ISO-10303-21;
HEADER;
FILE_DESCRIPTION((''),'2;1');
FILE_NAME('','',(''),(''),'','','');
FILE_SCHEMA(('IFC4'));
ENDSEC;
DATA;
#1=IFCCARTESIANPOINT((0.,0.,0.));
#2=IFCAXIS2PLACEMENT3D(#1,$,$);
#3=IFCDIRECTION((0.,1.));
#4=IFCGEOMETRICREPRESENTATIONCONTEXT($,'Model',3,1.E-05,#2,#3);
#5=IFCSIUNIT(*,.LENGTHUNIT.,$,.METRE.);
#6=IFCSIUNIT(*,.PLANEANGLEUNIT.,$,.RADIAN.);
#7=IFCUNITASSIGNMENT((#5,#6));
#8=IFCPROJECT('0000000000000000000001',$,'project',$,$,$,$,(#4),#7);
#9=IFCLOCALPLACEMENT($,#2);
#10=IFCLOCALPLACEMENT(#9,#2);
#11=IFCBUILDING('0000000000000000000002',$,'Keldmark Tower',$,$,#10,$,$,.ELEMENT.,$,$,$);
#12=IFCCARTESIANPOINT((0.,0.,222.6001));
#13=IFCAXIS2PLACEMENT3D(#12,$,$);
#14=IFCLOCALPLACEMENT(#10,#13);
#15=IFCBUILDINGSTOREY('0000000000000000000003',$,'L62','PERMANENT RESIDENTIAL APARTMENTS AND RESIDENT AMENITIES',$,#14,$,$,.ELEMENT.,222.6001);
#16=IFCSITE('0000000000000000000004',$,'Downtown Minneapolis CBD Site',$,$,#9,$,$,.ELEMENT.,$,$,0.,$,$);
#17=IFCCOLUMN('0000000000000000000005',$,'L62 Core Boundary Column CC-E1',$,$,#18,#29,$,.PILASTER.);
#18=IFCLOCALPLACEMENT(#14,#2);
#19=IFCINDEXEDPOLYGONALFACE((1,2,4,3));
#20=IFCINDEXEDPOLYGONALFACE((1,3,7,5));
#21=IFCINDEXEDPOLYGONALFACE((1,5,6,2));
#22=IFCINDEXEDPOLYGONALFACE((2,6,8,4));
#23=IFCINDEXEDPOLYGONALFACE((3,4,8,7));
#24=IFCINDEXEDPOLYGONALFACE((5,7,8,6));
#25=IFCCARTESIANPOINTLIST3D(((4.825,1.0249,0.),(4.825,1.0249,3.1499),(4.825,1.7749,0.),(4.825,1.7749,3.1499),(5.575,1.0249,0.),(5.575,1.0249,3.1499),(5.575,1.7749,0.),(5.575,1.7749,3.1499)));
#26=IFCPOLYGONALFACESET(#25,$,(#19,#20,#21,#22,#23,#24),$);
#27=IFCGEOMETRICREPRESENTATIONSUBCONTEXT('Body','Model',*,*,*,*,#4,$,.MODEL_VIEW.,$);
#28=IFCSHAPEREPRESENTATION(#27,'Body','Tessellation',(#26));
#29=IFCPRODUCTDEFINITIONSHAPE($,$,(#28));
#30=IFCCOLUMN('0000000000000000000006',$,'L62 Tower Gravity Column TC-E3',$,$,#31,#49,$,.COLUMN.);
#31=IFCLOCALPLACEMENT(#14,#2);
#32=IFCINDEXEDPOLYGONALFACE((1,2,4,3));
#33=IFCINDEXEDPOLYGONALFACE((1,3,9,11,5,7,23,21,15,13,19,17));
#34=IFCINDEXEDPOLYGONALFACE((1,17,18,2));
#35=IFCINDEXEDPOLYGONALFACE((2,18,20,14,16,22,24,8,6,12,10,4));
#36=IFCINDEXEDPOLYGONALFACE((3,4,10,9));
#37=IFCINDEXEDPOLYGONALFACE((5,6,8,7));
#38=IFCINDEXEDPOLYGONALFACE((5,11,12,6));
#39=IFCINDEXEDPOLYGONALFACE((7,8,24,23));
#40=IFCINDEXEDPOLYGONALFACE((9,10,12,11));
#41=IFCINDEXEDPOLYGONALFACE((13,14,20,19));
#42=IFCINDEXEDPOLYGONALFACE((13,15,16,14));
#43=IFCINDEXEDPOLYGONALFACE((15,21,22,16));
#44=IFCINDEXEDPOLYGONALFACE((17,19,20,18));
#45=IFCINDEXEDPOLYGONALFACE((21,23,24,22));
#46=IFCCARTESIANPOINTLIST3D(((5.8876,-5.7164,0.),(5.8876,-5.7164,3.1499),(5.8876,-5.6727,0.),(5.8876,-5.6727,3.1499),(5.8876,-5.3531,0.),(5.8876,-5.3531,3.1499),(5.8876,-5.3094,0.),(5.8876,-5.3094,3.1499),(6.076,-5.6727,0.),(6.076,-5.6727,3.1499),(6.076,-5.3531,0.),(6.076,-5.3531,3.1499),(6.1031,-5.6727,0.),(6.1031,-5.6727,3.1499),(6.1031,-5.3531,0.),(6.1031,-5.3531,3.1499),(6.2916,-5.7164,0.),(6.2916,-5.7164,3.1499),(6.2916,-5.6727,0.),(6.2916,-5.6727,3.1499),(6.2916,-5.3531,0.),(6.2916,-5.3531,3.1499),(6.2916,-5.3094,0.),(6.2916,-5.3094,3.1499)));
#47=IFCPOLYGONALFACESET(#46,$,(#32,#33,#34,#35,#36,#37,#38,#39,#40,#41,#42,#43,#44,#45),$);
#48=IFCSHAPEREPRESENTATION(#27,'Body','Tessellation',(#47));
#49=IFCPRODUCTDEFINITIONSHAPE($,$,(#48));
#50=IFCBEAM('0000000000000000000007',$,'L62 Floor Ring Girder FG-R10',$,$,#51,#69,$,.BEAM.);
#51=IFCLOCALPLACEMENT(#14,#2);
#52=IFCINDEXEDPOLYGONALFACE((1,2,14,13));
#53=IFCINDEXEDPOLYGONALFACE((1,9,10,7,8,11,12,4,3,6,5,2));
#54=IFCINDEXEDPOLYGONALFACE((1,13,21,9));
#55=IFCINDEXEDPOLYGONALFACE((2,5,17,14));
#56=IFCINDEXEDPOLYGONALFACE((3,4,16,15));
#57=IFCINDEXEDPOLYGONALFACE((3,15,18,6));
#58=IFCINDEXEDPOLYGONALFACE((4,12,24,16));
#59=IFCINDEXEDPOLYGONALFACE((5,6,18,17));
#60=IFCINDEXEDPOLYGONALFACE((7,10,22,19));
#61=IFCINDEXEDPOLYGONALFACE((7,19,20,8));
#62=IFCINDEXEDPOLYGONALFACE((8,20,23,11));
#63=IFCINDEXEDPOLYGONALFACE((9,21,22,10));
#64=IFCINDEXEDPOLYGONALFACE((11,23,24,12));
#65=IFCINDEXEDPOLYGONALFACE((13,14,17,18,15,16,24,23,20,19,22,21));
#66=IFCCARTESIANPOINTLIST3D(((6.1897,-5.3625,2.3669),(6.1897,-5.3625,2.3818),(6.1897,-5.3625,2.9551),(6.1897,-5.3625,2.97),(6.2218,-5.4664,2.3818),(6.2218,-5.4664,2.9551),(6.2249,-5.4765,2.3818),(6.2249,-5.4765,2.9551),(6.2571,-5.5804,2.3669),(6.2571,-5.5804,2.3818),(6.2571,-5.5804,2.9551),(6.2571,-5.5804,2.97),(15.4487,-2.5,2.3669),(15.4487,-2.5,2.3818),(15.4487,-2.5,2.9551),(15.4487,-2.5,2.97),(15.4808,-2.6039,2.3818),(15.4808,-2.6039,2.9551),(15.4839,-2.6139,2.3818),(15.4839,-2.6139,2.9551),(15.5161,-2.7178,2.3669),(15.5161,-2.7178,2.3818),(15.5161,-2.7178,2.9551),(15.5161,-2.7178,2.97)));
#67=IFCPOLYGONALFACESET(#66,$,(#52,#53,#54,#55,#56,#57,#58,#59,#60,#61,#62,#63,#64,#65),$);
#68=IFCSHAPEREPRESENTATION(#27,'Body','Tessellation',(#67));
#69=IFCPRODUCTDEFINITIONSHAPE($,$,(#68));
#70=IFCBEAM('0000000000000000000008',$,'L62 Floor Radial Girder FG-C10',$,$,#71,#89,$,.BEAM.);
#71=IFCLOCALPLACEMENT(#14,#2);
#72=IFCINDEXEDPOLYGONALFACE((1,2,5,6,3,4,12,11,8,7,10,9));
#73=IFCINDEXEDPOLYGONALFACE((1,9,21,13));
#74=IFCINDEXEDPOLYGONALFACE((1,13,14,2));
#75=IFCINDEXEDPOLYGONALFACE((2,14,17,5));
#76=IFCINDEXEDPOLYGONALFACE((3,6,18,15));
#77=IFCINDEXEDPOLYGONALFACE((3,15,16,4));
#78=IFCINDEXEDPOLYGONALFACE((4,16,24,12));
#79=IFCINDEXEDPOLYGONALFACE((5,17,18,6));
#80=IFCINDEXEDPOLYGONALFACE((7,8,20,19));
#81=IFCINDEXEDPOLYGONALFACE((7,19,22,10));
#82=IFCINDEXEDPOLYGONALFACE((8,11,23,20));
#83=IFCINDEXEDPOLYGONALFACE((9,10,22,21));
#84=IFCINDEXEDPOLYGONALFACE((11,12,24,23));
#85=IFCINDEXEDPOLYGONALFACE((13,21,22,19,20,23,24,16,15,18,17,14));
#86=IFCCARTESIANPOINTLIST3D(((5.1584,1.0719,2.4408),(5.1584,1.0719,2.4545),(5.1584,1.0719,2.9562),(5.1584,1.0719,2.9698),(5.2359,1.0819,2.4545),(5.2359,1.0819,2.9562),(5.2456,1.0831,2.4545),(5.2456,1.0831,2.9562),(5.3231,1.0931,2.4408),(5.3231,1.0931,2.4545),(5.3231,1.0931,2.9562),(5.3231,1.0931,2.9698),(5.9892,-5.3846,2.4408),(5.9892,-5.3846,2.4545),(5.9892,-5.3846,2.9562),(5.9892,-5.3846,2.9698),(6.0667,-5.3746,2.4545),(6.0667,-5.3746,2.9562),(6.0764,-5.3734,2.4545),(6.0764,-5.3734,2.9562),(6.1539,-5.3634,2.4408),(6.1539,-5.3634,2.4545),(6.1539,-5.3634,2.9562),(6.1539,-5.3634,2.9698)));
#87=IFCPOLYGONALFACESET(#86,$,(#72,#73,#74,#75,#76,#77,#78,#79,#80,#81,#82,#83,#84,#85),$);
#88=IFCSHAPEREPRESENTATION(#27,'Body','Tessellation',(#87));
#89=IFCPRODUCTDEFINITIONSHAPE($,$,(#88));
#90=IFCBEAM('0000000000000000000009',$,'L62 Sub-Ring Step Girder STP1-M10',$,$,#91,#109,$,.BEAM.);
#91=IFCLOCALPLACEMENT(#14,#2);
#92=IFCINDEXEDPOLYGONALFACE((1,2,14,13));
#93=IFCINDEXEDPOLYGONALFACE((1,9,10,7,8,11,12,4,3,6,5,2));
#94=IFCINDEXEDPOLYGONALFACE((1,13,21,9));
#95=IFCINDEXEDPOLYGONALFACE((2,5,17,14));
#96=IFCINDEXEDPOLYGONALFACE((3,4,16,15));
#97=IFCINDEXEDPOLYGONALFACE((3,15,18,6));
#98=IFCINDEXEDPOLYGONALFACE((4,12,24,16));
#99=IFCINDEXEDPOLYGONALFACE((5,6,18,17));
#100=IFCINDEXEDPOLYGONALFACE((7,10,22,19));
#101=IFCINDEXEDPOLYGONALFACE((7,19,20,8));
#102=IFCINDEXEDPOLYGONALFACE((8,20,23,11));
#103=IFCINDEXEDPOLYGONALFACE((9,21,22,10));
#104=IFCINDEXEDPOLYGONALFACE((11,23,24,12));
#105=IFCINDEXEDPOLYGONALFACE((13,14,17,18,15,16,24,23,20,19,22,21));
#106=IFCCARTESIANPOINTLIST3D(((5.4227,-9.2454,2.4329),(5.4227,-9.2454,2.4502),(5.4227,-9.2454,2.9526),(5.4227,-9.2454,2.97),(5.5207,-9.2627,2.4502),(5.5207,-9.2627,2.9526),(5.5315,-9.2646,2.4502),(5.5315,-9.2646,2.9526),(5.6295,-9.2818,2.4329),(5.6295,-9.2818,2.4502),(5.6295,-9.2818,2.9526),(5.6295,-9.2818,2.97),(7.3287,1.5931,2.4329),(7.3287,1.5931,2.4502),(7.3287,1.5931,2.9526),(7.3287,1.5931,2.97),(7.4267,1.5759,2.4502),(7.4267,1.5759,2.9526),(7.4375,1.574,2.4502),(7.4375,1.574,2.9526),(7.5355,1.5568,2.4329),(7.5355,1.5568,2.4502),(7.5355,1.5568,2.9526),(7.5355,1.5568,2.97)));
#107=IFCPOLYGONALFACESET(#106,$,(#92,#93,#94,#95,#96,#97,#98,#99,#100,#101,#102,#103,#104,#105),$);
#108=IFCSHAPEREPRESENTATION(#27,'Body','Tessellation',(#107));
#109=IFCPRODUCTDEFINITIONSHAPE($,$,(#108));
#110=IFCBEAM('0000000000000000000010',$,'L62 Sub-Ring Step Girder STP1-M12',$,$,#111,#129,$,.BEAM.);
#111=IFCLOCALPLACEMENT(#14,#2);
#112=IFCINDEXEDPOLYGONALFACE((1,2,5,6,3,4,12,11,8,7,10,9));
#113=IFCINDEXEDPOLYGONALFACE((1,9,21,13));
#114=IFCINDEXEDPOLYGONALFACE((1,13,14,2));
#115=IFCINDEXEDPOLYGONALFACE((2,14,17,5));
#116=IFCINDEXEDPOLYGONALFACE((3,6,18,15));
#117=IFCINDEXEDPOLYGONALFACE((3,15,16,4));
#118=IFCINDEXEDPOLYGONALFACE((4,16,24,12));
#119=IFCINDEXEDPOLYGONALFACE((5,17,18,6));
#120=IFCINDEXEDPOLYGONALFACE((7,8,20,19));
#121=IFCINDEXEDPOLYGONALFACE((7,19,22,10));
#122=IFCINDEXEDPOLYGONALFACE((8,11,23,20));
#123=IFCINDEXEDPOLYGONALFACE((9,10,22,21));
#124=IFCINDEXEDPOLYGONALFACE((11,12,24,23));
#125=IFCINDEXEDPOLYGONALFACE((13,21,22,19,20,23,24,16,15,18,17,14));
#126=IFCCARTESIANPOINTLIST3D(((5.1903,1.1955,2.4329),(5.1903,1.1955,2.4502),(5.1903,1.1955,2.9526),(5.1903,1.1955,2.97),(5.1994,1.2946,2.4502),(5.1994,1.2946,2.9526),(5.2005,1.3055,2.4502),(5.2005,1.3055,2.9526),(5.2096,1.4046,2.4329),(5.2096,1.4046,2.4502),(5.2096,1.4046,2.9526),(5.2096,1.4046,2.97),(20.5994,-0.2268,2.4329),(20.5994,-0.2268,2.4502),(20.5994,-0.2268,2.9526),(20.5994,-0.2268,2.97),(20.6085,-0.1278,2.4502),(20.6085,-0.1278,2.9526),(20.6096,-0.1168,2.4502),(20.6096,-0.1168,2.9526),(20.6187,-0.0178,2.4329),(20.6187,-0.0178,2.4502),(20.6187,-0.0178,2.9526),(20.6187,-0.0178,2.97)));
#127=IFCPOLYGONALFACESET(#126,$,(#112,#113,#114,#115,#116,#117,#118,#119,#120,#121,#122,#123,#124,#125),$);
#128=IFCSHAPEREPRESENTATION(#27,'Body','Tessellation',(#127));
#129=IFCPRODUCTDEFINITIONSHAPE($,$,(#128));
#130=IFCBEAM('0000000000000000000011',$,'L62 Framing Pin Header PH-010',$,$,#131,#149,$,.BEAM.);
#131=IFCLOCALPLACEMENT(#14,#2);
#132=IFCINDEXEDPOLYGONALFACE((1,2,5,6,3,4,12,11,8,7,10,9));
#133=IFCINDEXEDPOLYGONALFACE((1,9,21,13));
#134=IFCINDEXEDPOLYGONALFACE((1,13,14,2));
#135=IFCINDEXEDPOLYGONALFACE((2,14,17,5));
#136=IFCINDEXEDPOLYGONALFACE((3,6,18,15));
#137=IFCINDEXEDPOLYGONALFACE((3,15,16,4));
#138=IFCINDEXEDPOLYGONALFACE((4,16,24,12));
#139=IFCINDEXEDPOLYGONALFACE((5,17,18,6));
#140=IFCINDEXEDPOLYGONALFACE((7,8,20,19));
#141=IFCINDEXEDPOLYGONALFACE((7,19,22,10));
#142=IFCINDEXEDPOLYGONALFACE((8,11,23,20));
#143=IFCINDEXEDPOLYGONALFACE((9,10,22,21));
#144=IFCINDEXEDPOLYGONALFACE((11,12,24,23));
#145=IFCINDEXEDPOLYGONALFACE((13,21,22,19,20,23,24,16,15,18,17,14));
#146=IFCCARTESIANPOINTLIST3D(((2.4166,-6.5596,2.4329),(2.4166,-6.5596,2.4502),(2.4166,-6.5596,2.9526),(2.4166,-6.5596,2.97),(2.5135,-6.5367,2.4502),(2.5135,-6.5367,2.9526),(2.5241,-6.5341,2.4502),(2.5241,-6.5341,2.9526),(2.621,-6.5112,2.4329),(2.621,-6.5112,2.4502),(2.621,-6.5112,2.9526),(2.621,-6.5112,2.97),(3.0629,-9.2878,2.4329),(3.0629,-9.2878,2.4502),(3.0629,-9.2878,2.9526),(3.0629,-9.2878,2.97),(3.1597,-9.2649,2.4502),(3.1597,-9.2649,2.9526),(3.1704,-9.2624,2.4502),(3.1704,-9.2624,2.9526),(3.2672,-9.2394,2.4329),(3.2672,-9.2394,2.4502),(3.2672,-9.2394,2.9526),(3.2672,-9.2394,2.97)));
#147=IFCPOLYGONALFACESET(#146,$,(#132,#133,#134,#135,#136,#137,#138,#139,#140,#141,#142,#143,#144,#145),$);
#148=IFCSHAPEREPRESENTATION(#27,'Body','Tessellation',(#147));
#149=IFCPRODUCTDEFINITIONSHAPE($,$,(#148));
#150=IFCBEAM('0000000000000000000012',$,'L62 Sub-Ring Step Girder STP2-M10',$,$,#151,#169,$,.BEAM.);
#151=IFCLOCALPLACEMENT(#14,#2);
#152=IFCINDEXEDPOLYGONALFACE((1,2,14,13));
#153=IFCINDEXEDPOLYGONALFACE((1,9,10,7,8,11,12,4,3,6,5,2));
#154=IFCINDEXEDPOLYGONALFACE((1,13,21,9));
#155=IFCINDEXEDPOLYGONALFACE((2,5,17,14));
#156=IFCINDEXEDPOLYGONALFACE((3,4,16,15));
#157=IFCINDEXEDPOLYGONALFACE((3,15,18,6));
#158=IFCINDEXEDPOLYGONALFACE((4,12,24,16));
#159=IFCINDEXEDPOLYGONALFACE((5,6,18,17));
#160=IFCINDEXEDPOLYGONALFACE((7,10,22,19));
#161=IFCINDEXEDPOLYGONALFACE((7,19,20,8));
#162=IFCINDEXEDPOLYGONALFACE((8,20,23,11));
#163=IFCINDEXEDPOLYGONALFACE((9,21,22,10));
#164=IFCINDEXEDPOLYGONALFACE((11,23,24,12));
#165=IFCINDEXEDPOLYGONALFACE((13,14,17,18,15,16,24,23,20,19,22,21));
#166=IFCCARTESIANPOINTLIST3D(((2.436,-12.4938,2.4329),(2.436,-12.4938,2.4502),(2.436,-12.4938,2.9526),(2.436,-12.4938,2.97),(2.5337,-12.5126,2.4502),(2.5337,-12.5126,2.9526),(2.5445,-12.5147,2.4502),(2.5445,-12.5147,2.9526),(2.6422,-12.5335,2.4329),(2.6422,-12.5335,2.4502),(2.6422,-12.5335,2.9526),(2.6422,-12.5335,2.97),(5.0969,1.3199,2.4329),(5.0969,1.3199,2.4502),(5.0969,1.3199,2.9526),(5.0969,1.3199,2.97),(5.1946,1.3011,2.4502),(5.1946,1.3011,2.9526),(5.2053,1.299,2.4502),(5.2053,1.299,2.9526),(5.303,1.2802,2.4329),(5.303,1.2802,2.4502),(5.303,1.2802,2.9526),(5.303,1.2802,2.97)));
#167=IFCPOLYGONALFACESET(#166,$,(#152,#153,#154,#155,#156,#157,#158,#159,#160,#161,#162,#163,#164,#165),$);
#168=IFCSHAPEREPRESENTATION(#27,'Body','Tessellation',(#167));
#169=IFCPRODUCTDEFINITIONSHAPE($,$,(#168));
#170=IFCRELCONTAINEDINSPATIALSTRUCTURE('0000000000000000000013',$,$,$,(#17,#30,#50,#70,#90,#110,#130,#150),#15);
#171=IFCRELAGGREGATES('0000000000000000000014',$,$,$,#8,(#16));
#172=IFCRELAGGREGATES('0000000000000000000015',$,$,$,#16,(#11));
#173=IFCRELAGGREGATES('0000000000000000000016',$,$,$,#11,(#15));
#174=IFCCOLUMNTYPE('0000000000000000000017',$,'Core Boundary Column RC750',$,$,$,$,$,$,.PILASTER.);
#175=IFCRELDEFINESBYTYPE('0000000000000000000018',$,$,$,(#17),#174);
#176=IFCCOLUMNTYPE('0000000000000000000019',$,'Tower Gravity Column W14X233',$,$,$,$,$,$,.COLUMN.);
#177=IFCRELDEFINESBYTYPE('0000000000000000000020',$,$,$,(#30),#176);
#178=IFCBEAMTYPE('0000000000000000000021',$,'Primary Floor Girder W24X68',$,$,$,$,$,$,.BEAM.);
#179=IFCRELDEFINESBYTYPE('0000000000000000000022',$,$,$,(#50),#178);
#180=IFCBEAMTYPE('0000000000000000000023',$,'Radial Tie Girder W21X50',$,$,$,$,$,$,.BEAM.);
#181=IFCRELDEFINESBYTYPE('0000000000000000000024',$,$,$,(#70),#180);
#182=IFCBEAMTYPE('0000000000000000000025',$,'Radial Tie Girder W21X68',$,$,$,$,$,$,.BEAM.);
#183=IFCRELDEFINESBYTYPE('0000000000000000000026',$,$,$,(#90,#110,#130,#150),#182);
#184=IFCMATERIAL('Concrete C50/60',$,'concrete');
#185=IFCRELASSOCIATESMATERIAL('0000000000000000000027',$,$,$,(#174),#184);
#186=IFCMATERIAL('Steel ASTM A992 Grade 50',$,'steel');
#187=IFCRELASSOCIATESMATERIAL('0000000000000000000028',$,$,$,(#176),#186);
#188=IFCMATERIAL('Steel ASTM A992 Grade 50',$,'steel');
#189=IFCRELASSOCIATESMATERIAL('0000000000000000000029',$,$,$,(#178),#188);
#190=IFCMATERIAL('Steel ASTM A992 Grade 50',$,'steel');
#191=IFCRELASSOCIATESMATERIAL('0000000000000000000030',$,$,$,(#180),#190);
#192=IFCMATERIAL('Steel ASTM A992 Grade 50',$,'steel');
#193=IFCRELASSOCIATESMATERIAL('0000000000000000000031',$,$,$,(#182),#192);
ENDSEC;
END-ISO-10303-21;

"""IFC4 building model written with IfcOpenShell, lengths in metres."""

from ifc_helpers import new_model, si_unit, direction, frame, origin, origin_2d, place, context, subcontext, project, spatial, rectangle, i_section, extrude, material, material_profile, profile_set, type_object, element, save


model = new_model("IFC4")

# Units and contexts
model_context = context("Model", 3, precision=1e-05, world=origin(), true_north=direction((0.0, 1.0)))
body_context = subcontext(model_context, "Body", "Model", "MODEL_VIEW")
ifc_project = project(units=[si_unit("LENGTHUNIT", "METRE"), si_unit("PLANEANGLEUNIT", "RADIAN")], contexts=[model_context])

# Site, building, storey
site_placement = place(None, origin())
site = spatial("IfcSite", under=ifc_project, at=site_placement, Name="Downtown Minneapolis CBD Site", CompositionType="ELEMENT", RefElevation=0.0)
building_placement = place(site_placement, origin())
building = spatial("IfcBuilding", under=site, at=building_placement, Name="Keldmark Tower", CompositionType="ELEMENT")
storey_placement = place(building_placement, frame((0.0, 0.0, 222.6001)))
storey = spatial("IfcBuildingStorey", under=building, at=storey_placement, Name="L62", Description="PERMANENT RESIDENTIAL APARTMENTS AND RESIDENT AMENITIES", CompositionType="ELEMENT", Elevation=222.6001)

# Columns
ifc_material_1 = material(Name="Concrete C50/60", Category="concrete")
ifc_material_profile_1 = material_profile(ifc_material_1, rectangle(XDim=0.75, YDim=0.75, at=origin_2d()), Name="RC750X750")
ifc_profile_set_1 = profile_set([ifc_material_profile_1], Name="Concrete C50/60")
column_type_1 = type_object("IfcColumnType", Name="Core Boundary Column RC750", PredefinedType="PILASTER", material=ifc_profile_set_1)
column_1_placement = place(storey_placement, frame((5.2, 1.3999, 0.0), z_axis=(0.0, 0.0, 1.0), x_axis=(1.0, 0.0, 0.0)))
element("IfcColumn", 1, at=column_1_placement, inside=storey, type_object=column_type_1, Name="L62 Core Boundary Column CC-E1", PredefinedType="PILASTER", context=body_context, shape_type="SweptSolid", body=[
    extrude(rectangle(XDim=0.75, YDim=0.75, at=origin_2d()), origin(), (0.0, 0.0, 1.0), 3.1499),
])
ifc_material_2 = material(Name="Steel ASTM A992 Grade 50", Category="steel")
ifc_material_profile_2 = material_profile(ifc_material_2, i_section(OverallWidth=0.4041, OverallDepth=0.407, WebThickness=0.0271, FlangeThickness=0.0437, at=origin_2d()), Name="W14X233")
ifc_profile_set_2 = profile_set([ifc_material_profile_2], Name="Steel ASTM A992 Grade 50")
column_type_2 = type_object("IfcColumnType", Name="Tower Gravity Column W14X233", PredefinedType="COLUMN", material=ifc_profile_set_2)
column_2_placement = place(storey_placement, frame((6.0896, -5.5129, 0.0), z_axis=(0.0, 0.0, 1.0), x_axis=(1.0, 0.0, 0.0)))
element("IfcColumn", 2, at=column_2_placement, inside=storey, type_object=column_type_2, Name="L62 Tower Gravity Column TC-E3", PredefinedType="COLUMN", context=body_context, shape_type="SweptSolid", body=[
    extrude(i_section(OverallWidth=0.4041, OverallDepth=0.407, WebThickness=0.0271, FlangeThickness=0.0437, at=origin_2d()), origin(), (0.0, 0.0, 1.0), 3.1499),
])

# Beams
ifc_material_3 = material(Name="Steel ASTM A992 Grade 50", Category="steel")
ifc_material_profile_3 = material_profile(ifc_material_3, i_section(OverallWidth=0.228, OverallDepth=0.603, WebThickness=0.0105, FlangeThickness=0.0149, at=origin_2d()), Name="W24X68")
ifc_profile_set_3 = profile_set([ifc_material_profile_3], Name="Steel ASTM A992 Grade 50")
beam_type_1 = type_object("IfcBeamType", Name="Primary Floor Girder W24X68", PredefinedType="BEAM", material=ifc_profile_set_3)
beam_1_placement = place(storey_placement, frame((6.2234, -5.4714, 2.6685), z_axis=(0.955383, 0.295369, 0.0), x_axis=(-0.295369, 0.955383, 0.0)))
element("IfcBeam", 3, at=beam_1_placement, inside=storey, type_object=beam_type_1, Name="L62 Floor Ring Girder FG-R10", PredefinedType="BEAM", context=body_context, shape_type="SweptSolid", body=[
    extrude(i_section(OverallWidth=0.228, OverallDepth=0.603, WebThickness=0.0105, FlangeThickness=0.0149, at=origin_2d()), origin(), (0.0, 0.0, 1.0), 9.6914),
])
ifc_material_4 = material(Name="Steel ASTM A992 Grade 50", Category="steel")
ifc_material_profile_4 = material_profile(ifc_material_4, i_section(OverallWidth=0.166, OverallDepth=0.5291, WebThickness=0.0098, FlangeThickness=0.0137, at=origin_2d()), Name="W21X50")
ifc_profile_set_4 = profile_set([ifc_material_profile_4], Name="Steel ASTM A992 Grade 50")
beam_type_2 = type_object("IfcBeamType", Name="Radial Tie Girder W21X50", PredefinedType="BEAM", material=ifc_profile_set_4)
beam_2_placement = place(storey_placement, frame((6.0715, -5.374, 2.7053), z_axis=(-0.127625, 0.991822, 0.0), x_axis=(-0.991822, -0.127625, 0.0)))
element("IfcBeam", 4, at=beam_2_placement, inside=storey, type_object=beam_type_2, Name="L62 Floor Radial Girder FG-C10", PredefinedType="BEAM", context=body_context, shape_type="SweptSolid", body=[
    extrude(i_section(OverallWidth=0.166, OverallDepth=0.5291, WebThickness=0.0098, FlangeThickness=0.0137, at=origin_2d()), origin(), (0.0, 0.0, 1.0), 6.5098),
])
ifc_material_5 = material(Name="Steel ASTM A992 Grade 50", Category="steel")
ifc_material_profile_5 = material_profile(ifc_material_5, i_section(OverallWidth=0.21, OverallDepth=0.5371, WebThickness=0.011, FlangeThickness=0.0173, at=origin_2d()), Name="W21X68")
ifc_profile_set_5 = profile_set([ifc_material_profile_5], Name="Steel ASTM A992 Grade 50")
beam_type_3 = type_object("IfcBeamType", Name="Radial Tie Girder W21X68", PredefinedType="BEAM", material=ifc_profile_set_5)
beam_3_placement = place(storey_placement, frame((7.4321, 1.575, 2.7014), z_axis=(-0.173196, -0.984887, 0.0), x_axis=(0.984887, -0.173196, 0.0)))
element("IfcBeam", 5, at=beam_3_placement, inside=storey, type_object=beam_type_3, Name="L62 Sub-Ring Step Girder STP1-M10", PredefinedType="BEAM", context=body_context, shape_type="SweptSolid", body=[
    extrude(i_section(OverallWidth=0.21, OverallDepth=0.5371, WebThickness=0.011, FlangeThickness=0.0173, at=origin_2d()), origin(), (0.0, 0.0, 1.0), 11.0049),
])
beam_4_placement = place(storey_placement, frame((5.2, 1.3, 2.7014), z_axis=(0.995767, -0.091915, 0.0), x_axis=(0.091915, 0.995767, 0.0)))
element("IfcBeam", 6, at=beam_4_placement, inside=storey, type_object=beam_type_3, Name="L62 Sub-Ring Step Girder STP1-M12", PredefinedType="BEAM", context=body_context, shape_type="SweptSolid", body=[
    extrude(i_section(OverallWidth=0.21, OverallDepth=0.5371, WebThickness=0.011, FlangeThickness=0.0173, at=origin_2d()), origin(), (0.0, 0.0, 1.0), 15.4746),
])
beam_5_placement = place(storey_placement, frame((2.5188, -6.5354, 2.7014), z_axis=(0.23049, -0.973075, 0.0), x_axis=(0.973075, 0.23049, 0.0)))
element("IfcBeam", 7, at=beam_5_placement, inside=storey, type_object=beam_type_3, Name="L62 Framing Pin Header PH-010", PredefinedType="BEAM", context=body_context, shape_type="SweptSolid", body=[
    extrude(i_section(OverallWidth=0.21, OverallDepth=0.5371, WebThickness=0.011, FlangeThickness=0.0173, at=origin_2d()), origin(), (0.0, 0.0, 1.0), 2.8037),
])
beam_6_placement = place(storey_placement, frame((5.2, 1.3, 2.7014), z_axis=(-0.189149, -0.981948, 0.0), x_axis=(0.981948, -0.189149, 0.0)))
element("IfcBeam", 8, at=beam_6_placement, inside=storey, type_object=beam_type_3, Name="L62 Sub-Ring Step Girder STP2-M10", PredefinedType="BEAM", context=body_context, shape_type="SweptSolid", body=[
    extrude(i_section(OverallWidth=0.21, OverallDepth=0.5371, WebThickness=0.011, FlangeThickness=0.0173, at=origin_2d()), origin(), (0.0, 0.0, 1.0), 14.0676),
])

save(model, "model.ifc")
